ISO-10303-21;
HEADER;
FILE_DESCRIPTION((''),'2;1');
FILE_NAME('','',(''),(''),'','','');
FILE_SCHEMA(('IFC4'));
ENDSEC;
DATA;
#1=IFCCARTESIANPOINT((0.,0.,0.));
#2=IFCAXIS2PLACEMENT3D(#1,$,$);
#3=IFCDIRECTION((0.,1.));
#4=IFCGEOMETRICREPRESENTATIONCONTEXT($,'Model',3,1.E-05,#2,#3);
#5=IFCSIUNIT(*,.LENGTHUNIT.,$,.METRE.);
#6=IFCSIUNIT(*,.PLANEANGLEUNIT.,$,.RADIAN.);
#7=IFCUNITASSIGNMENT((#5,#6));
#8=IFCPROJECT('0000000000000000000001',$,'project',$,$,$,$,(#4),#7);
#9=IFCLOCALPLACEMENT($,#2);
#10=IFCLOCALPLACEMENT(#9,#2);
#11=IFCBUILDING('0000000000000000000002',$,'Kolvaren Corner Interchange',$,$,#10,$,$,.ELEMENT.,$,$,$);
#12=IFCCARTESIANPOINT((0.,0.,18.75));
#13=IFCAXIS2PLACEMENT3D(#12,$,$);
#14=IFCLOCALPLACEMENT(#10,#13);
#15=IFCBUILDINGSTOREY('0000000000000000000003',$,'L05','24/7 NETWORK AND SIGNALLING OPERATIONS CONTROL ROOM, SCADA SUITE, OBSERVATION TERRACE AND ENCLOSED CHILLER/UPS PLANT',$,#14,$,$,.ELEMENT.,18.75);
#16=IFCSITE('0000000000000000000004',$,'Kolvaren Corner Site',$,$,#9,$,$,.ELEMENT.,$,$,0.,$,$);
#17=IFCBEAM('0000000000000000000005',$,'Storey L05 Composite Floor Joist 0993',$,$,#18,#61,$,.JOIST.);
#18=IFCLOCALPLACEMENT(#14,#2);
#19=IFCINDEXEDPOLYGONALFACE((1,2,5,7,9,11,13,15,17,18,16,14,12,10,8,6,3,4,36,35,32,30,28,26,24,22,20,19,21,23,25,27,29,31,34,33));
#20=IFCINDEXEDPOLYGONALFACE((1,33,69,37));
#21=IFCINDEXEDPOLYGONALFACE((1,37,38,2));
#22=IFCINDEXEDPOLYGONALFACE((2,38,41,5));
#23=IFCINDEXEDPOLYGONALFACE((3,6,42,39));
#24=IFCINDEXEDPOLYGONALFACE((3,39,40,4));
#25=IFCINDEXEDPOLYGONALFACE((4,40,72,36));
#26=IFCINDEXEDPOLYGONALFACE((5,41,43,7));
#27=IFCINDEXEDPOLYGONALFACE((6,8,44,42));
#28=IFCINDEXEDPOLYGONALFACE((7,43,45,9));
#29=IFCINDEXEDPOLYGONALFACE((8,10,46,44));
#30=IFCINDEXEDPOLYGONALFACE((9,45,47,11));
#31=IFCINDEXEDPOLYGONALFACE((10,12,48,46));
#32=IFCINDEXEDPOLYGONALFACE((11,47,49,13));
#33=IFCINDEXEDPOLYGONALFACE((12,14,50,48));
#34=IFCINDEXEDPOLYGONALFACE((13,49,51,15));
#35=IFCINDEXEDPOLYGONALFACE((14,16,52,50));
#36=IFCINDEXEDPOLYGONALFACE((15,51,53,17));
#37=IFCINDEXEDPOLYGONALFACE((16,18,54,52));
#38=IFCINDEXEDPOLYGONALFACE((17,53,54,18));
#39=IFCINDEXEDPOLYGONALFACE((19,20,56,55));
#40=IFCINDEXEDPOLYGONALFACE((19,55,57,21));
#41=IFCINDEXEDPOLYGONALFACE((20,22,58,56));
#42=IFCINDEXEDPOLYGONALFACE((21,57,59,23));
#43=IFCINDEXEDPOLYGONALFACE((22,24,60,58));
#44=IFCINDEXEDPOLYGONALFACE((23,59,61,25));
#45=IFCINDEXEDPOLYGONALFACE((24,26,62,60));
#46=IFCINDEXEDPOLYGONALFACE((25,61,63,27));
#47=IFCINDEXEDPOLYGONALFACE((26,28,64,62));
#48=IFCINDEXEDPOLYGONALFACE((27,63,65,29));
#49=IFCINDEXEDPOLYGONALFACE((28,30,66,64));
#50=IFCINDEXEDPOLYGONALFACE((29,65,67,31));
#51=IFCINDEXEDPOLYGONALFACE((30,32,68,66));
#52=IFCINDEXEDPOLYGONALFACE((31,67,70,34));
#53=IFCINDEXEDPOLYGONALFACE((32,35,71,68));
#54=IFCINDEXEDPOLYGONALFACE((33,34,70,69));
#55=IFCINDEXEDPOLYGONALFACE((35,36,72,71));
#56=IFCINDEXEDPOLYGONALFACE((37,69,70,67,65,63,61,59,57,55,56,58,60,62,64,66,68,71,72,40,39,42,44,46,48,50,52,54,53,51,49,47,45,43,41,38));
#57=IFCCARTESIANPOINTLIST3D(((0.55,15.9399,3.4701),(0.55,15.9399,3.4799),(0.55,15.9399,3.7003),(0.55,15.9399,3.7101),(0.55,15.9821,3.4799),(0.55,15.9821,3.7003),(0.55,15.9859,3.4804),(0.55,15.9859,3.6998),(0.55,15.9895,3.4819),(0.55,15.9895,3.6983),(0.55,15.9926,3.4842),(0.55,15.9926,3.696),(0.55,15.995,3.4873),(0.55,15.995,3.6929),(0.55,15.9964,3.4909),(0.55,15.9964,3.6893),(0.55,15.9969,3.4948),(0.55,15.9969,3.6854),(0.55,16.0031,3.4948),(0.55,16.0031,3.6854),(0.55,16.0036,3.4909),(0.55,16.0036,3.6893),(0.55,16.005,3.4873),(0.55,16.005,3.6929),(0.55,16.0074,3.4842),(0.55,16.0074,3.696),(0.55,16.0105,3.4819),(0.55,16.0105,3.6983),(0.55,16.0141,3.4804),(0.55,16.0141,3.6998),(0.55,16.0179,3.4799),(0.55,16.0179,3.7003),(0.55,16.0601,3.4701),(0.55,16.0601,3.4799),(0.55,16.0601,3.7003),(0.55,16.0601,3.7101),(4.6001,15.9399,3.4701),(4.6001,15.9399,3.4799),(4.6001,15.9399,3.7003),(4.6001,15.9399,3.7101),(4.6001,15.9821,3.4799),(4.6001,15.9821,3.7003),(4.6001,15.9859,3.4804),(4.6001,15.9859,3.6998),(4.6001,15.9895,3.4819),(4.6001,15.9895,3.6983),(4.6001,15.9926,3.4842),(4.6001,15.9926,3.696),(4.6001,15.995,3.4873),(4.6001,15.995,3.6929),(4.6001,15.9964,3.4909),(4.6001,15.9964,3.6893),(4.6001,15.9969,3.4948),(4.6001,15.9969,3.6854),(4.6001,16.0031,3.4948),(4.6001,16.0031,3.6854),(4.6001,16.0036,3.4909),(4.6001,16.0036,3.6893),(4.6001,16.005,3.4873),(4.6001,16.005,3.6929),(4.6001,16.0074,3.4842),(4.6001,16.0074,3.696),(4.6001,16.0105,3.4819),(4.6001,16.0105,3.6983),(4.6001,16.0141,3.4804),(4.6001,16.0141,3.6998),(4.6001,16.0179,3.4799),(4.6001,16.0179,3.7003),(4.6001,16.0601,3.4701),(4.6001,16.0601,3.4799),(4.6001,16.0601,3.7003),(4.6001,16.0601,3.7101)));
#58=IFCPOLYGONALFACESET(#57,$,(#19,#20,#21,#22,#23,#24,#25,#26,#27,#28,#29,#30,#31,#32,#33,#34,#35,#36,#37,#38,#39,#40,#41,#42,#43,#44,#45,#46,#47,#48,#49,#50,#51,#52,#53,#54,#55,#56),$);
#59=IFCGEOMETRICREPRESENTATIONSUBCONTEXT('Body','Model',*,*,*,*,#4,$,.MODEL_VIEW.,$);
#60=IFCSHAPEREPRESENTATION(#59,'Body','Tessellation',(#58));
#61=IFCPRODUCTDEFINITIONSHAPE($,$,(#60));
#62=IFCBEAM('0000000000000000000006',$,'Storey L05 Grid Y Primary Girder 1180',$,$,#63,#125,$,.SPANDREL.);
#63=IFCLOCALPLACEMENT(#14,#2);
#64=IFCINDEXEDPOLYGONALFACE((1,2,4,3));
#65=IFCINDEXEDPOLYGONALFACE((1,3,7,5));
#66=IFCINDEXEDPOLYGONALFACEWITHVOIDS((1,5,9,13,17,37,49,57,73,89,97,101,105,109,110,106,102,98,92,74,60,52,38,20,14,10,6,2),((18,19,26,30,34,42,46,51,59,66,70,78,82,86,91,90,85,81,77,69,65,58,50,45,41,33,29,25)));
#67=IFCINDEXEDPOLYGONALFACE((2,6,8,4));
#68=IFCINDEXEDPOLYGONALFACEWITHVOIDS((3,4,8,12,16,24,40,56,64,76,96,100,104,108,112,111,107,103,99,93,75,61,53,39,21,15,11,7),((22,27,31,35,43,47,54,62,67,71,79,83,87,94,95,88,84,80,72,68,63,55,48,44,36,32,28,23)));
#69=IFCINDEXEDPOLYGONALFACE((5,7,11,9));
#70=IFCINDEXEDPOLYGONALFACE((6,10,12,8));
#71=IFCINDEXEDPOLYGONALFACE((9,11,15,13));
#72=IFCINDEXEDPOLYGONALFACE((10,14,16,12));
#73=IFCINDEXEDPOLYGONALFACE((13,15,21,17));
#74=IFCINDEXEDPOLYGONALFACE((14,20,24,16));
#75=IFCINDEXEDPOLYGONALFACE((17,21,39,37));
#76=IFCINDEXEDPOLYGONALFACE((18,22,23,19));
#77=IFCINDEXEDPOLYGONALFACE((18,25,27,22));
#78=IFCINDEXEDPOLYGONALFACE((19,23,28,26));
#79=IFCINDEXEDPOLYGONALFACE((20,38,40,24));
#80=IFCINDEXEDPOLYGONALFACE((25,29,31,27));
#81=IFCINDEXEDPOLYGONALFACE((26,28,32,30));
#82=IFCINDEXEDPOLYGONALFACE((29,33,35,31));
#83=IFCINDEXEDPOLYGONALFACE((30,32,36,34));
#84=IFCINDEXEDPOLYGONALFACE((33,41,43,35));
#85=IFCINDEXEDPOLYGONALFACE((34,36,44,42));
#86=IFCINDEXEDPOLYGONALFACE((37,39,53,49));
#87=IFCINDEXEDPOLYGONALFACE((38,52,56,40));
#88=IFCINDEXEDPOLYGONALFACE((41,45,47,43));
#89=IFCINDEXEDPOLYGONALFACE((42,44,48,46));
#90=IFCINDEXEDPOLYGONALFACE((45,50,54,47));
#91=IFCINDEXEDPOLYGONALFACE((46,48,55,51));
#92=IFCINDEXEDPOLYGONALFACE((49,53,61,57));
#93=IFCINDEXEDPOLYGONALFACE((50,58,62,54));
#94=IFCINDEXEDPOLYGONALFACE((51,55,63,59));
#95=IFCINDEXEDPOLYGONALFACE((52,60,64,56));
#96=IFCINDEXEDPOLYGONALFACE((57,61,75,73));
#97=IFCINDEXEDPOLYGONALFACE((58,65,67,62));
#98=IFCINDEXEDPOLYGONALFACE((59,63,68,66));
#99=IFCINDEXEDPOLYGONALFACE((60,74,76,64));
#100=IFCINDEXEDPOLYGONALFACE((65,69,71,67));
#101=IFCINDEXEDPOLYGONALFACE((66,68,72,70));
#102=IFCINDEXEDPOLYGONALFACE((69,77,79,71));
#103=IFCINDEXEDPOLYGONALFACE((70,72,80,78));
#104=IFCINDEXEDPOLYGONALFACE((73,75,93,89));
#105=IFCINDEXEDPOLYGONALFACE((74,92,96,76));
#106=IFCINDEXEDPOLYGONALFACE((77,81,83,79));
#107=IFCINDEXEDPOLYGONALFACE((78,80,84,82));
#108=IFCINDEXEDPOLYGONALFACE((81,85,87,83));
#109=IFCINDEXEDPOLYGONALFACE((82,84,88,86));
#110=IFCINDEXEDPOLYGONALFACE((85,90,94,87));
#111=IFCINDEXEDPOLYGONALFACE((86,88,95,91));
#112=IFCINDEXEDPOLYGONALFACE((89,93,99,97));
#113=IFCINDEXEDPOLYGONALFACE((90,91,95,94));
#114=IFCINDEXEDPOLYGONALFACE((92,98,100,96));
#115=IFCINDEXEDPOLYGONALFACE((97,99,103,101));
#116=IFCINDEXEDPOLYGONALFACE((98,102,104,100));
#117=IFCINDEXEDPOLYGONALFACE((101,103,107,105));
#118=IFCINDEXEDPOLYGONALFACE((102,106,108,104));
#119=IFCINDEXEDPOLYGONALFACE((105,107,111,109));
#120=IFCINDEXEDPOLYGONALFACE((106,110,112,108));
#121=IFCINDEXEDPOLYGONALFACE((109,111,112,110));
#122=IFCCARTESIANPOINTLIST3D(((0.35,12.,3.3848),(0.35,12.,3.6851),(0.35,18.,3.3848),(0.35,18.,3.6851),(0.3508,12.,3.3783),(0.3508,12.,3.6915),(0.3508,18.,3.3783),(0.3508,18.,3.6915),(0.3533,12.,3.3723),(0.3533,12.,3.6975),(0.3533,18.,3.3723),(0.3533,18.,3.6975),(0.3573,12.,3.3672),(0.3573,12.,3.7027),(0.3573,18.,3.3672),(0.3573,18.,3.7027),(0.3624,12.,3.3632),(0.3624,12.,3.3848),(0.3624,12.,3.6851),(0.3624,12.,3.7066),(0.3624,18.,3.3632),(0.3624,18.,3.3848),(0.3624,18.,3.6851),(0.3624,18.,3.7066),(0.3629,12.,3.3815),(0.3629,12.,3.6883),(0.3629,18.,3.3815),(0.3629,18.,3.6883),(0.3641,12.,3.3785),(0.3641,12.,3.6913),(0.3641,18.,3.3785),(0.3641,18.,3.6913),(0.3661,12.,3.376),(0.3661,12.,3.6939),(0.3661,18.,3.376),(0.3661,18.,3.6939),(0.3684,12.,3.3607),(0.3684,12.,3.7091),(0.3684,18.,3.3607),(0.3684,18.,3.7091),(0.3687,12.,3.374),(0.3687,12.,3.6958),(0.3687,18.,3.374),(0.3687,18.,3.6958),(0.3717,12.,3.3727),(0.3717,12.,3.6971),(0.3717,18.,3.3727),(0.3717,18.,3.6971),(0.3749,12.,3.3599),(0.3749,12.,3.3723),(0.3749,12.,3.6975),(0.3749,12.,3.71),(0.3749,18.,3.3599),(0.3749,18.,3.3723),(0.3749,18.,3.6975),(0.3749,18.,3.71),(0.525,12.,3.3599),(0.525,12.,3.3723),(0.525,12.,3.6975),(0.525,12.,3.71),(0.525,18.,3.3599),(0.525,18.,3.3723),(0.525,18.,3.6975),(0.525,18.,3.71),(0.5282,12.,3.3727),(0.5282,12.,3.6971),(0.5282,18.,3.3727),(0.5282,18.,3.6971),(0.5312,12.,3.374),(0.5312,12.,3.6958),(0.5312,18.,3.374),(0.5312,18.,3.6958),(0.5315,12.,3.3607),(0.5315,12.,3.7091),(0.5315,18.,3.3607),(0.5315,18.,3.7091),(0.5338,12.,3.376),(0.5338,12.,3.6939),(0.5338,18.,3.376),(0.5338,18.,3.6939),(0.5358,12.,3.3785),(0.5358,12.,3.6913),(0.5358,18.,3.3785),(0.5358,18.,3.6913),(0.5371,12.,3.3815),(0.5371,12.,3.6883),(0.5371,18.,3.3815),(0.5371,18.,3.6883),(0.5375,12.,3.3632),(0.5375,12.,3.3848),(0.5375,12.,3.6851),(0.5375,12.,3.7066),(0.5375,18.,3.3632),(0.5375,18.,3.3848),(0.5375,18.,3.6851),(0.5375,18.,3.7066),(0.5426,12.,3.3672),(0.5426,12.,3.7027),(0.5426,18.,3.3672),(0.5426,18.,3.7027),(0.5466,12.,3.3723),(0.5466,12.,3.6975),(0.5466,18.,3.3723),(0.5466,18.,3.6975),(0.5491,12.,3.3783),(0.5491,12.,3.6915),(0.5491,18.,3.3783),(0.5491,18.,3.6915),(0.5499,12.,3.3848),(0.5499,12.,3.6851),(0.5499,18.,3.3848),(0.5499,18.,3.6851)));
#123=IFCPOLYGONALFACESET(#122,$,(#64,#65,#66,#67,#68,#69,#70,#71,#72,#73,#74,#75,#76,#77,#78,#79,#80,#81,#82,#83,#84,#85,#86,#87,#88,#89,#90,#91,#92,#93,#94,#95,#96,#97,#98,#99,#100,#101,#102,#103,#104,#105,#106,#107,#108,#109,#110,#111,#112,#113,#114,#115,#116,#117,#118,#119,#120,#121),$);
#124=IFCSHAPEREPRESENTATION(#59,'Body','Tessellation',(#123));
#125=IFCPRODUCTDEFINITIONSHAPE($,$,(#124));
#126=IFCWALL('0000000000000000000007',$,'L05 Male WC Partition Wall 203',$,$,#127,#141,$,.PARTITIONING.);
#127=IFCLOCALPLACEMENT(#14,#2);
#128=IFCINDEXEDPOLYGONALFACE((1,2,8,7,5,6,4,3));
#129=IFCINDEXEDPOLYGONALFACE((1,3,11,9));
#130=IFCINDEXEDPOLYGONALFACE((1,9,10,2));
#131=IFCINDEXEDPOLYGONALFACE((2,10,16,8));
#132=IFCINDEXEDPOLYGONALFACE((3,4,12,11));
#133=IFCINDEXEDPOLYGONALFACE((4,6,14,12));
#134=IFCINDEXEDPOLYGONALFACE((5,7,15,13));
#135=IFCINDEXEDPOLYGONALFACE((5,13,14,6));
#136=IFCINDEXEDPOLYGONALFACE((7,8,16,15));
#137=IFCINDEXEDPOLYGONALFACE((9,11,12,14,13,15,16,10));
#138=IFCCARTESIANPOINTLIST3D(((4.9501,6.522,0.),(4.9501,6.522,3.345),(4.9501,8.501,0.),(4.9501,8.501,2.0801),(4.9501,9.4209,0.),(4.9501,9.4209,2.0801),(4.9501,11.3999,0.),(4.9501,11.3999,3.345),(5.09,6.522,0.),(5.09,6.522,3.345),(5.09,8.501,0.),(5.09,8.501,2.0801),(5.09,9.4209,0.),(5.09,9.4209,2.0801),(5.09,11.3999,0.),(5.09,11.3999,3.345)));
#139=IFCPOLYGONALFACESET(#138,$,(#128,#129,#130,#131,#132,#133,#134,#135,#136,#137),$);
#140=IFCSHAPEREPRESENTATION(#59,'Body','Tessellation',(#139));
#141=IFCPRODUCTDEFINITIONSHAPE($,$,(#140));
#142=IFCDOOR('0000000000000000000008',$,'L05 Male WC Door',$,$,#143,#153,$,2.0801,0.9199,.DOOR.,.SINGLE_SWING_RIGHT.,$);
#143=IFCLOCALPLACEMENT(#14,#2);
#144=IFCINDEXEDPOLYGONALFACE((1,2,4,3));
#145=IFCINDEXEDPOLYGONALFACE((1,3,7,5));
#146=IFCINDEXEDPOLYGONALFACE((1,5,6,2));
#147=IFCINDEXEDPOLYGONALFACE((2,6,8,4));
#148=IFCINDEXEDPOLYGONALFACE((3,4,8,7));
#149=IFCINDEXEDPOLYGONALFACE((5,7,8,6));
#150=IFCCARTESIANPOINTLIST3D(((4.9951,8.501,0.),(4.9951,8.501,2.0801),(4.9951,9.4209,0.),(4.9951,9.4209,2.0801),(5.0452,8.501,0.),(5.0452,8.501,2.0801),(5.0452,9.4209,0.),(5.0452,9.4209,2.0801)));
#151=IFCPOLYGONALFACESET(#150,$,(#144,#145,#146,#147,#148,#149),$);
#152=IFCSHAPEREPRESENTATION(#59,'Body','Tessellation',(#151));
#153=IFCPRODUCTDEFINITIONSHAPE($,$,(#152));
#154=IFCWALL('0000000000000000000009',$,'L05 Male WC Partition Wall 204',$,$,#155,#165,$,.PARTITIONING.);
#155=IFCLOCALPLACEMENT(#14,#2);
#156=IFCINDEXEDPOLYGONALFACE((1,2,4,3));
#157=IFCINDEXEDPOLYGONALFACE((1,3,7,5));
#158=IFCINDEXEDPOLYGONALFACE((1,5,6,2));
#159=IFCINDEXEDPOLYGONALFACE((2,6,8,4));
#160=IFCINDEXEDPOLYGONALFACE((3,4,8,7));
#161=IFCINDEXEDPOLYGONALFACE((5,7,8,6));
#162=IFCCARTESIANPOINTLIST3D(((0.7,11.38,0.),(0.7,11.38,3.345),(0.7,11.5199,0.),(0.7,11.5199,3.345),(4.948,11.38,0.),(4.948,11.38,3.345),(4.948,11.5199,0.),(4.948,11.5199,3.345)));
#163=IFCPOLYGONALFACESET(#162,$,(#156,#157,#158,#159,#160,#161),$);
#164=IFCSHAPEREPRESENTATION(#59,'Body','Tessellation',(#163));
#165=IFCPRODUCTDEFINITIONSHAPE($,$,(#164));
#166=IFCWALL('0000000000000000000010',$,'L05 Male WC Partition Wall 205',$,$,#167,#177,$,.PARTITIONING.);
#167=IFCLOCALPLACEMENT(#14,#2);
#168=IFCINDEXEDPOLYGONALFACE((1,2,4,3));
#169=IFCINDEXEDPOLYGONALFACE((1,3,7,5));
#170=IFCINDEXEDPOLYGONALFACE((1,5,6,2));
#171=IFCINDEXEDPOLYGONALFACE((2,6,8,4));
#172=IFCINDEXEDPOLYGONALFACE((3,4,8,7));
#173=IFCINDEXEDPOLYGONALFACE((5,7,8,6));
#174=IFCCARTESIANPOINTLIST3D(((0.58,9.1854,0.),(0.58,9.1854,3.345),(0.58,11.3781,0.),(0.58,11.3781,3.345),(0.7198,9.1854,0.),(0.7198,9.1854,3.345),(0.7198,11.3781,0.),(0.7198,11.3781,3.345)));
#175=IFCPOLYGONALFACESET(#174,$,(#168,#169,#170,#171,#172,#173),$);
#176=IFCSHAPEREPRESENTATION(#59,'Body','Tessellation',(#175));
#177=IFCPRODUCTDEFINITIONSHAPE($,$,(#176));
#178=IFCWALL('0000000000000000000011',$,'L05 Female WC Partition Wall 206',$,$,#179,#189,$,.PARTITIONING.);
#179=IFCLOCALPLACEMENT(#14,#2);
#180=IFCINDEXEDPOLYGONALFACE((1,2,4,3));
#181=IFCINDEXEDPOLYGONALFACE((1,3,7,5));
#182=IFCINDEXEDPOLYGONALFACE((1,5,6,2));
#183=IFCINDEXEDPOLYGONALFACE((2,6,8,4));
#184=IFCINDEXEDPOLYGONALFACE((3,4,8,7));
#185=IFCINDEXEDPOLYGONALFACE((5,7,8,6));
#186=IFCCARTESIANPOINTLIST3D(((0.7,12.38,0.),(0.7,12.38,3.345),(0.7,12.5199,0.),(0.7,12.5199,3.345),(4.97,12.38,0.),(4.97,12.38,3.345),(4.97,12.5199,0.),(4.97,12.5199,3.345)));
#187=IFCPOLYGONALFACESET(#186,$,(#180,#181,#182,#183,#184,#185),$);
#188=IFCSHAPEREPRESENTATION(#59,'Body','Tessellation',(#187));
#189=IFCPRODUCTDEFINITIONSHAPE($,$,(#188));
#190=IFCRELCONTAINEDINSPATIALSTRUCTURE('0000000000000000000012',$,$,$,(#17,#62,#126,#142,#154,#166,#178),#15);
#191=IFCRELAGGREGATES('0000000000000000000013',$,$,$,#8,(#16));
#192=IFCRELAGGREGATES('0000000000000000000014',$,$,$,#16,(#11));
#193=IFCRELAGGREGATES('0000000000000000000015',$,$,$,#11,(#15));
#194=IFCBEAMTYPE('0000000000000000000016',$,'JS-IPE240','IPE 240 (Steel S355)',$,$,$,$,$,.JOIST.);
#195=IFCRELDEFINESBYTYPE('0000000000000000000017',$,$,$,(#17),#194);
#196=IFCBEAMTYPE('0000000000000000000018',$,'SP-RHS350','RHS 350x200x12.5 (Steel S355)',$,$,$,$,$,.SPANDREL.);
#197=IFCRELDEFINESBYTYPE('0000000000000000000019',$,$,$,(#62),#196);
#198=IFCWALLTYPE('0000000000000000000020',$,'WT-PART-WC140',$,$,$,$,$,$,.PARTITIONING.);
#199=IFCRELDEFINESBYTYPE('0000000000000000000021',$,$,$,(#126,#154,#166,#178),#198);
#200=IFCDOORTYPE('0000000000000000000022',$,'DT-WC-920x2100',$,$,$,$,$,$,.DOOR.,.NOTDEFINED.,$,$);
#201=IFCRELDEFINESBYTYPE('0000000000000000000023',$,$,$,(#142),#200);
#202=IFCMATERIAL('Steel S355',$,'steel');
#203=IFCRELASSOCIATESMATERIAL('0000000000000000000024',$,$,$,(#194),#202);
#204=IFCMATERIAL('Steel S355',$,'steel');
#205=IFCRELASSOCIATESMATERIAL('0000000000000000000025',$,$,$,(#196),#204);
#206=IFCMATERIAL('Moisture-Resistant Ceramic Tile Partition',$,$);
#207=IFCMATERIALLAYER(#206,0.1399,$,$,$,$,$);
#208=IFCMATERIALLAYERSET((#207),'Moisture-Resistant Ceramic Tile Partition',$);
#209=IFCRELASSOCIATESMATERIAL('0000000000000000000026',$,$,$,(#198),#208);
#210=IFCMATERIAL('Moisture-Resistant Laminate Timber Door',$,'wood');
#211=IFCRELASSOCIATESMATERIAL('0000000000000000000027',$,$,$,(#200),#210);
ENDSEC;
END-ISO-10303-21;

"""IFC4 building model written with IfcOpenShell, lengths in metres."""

from ifc_helpers import new_model, si_unit, direction, frame, frame_2d, origin, origin_2d, place, context, subcontext, project, spatial, rectangle, hollow_rectangle, i_section, extrude, material, layer, layer_set, material_profile, profile_set, type_object, element, fill, save


model = new_model("IFC4")

# Units and contexts
model_context = context("Model", 3, precision=1e-05, world=origin(), true_north=direction((0.0, 1.0)))
body_context = subcontext(model_context, "Body", "Model", "MODEL_VIEW")
ifc_project = project(units=[si_unit("LENGTHUNIT", "METRE"), si_unit("PLANEANGLEUNIT", "RADIAN")], contexts=[model_context])

# Site, building, storey
site_placement = place(None, origin())
site = spatial("IfcSite", under=ifc_project, at=site_placement, Name="Kolvaren Corner Site", CompositionType="ELEMENT", RefElevation=0.0)
building_placement = place(site_placement, origin())
building = spatial("IfcBuilding", under=site, at=building_placement, Name="Kolvaren Corner Interchange", CompositionType="ELEMENT")
storey_placement = place(building_placement, frame((0.0, 0.0, 18.75)))
storey = spatial("IfcBuildingStorey", under=building, at=storey_placement, Name="L05", Description="24/7 NETWORK AND SIGNALLING OPERATIONS CONTROL ROOM, SCADA SUITE, OBSERVATION TERRACE AND ENCLOSED CHILLER/UPS PLANT", CompositionType="ELEMENT", Elevation=18.75)

# Beams
ifc_material_1 = material(Name="Steel S355", Category="steel")
ifc_material_profile_1 = material_profile(ifc_material_1, i_section(OverallWidth=0.1201, OverallDepth=0.24, WebThickness=0.0061, FlangeThickness=0.0098, FilletRadius=0.0149, at=origin_2d()), Name="IPE 240")
ifc_profile_set_1 = profile_set([ifc_material_profile_1], Name="Steel S355")
beam_type_1 = type_object("IfcBeamType", Name="JS-IPE240", Description="IPE 240 (Steel S355)", PredefinedType="JOIST", material=ifc_profile_set_1)
for number, where, z_axis, x_axis, name in (
    (1, (0.55, 16.0, 3.5901), (1.0, 0.0, 0.0), (0.0, 1.0, 0.0), "Storey L05 Composite Floor Joist 0993"),
):
    element("IfcBeam", number, at=place(storey_placement, frame(where, z_axis=z_axis, x_axis=x_axis)), inside=storey, type_object=beam_type_1, Name=name, PredefinedType="JOIST", context=body_context, shape_type="SweptSolid", body=[
        extrude(i_section(OverallWidth=0.1201, OverallDepth=0.24, WebThickness=0.0061, FlangeThickness=0.0098, FilletRadius=0.0149, at=origin_2d()), origin(), (0.0, 0.0, 1.0), 4.05),
    ])
ifc_material_2 = material(Name="Steel S355", Category="steel")
ifc_material_profile_2 = material_profile(ifc_material_2, hollow_rectangle(XDim=0.2, YDim=0.3501, WallThickness=0.0125, InnerFilletRadius=0.0125, OuterFilletRadius=0.0249, at=origin_2d()), Name="RHS 350x200x12.5")
ifc_profile_set_2 = profile_set([ifc_material_profile_2], Name="Steel S355")
beam_type_2 = type_object("IfcBeamType", Name="SP-RHS350", Description="RHS 350x200x12.5 (Steel S355)", PredefinedType="SPANDREL", material=ifc_profile_set_2)
beam_1_placement = place(storey_placement, frame((0.45, 12.0, 3.5349), z_axis=(0.0, 1.0, 0.0), x_axis=(-1.0, 0.0, 0.0)))
element("IfcBeam", 2, at=beam_1_placement, inside=storey, type_object=beam_type_2, Name="Storey L05 Grid Y Primary Girder 1180", PredefinedType="SPANDREL", context=body_context, shape_type="SweptSolid", body=[
    extrude(hollow_rectangle(XDim=0.2, YDim=0.3501, WallThickness=0.0125, InnerFilletRadius=0.0125, OuterFilletRadius=0.0249, at=origin_2d()), origin(), (0.0, 0.0, 1.0), 6.0),
])

# Wall, opening, door
ifc_material_3 = material(Name="Moisture-Resistant Ceramic Tile Partition")
ifc_layer_1 = layer(ifc_material_3, 0.1399)
ifc_layer_set_1 = layer_set([ifc_layer_1], Name="Moisture-Resistant Ceramic Tile Partition")
wall_type_1 = type_object("IfcWallType", Name="WT-PART-WC140", PredefinedType="PARTITIONING", material=ifc_layer_set_1)
wall_1_placement = place(storey_placement, frame((5.02, 6.522, 0.0), z_axis=(0.0, 0.0, 1.0), x_axis=(0.0, 1.0, 0.0)))
wall_1 = element("IfcWall", 3, at=wall_1_placement, inside=storey, type_object=wall_type_1, Name="L05 Male WC Partition Wall 203", PredefinedType="PARTITIONING", context=body_context, shape_type="SweptSolid", body=[
    extrude(rectangle(XDim=4.8779, YDim=0.1399, at=frame_2d((2.439, 0.0))), origin(), (0.0, 0.0, 1.0), 3.345),
])
opening_1_placement = place(wall_1_placement, frame((1.979, 0.0, 0.0)))
opening_1 = element("IfcOpeningElement", 4, at=opening_1_placement, cuts=wall_1, PredefinedType="OPENING", context=body_context, shape_type="SweptSolid", body=[
    extrude(rectangle(XDim=0.9199, YDim=2.0801, at=frame_2d((0.46, 1.04))), frame((0.0, 0.0798, 0.0), z_axis=(0.0, -1.0, 0.0), x_axis=(1.0, 0.0, 0.0)), (0.0, 0.0, 1.0), 0.1599),
])
ifc_material_4 = material(Name="Moisture-Resistant Laminate Timber Door", Category="wood")
door_type_1 = type_object("IfcDoorType", Name="DT-WC-920x2100", OperationType="NOTDEFINED", PredefinedType="DOOR", material=ifc_material_4)
door_1_placement = place(opening_1_placement, origin())
door_1 = element("IfcDoor", 5, at=door_1_placement, inside=storey, type_object=door_type_1, Name="L05 Male WC Door", OperationType="SINGLE_SWING_RIGHT", OverallHeight=2.0801, OverallWidth=0.9199, PredefinedType="DOOR", context=body_context, shape_type="SweptSolid", body=[
    extrude(rectangle(XDim=0.9199, YDim=2.0801, at=frame_2d((0.46, 1.04))), frame((0.0, 0.0249, 0.0), z_axis=(0.0, -1.0, 0.0), x_axis=(1.0, 0.0, 0.0)), (0.0, 0.0, 1.0), 0.05),
])
fill(opening_1, door_1)

# Walls
wall_2_placement = place(storey_placement, frame((4.948, 11.45, 0.0), z_axis=(0.0, 0.0, 1.0), x_axis=(-1.0, 0.0, 0.0)))
element("IfcWall", 6, at=wall_2_placement, inside=storey, type_object=wall_type_1, Name="L05 Male WC Partition Wall 204", PredefinedType="PARTITIONING", context=body_context, shape_type="SweptSolid", body=[
    extrude(rectangle(XDim=4.248, YDim=0.1399, at=frame_2d((2.124, 0.0))), origin(), (0.0, 0.0, 1.0), 3.345),
])
wall_3_placement = place(storey_placement, frame((0.6499, 11.3779, 0.0), z_axis=(0.0, 0.0, 1.0), x_axis=(0.0, -1.0, 0.0)))
element("IfcWall", 7, at=wall_3_placement, inside=storey, type_object=wall_type_1, Name="L05 Male WC Partition Wall 205", PredefinedType="PARTITIONING", context=body_context, shape_type="SweptSolid", body=[
    extrude(rectangle(XDim=2.1926, YDim=0.1399, at=frame_2d((1.0962, 0.0))), origin(), (0.0, 0.0, 1.0), 3.345),
])
wall_4_placement = place(storey_placement, frame((0.7, 12.45, 0.0), z_axis=(0.0, 0.0, 1.0), x_axis=(1.0, 0.0, 0.0)))
element("IfcWall", 8, at=wall_4_placement, inside=storey, type_object=wall_type_1, Name="L05 Female WC Partition Wall 206", PredefinedType="PARTITIONING", context=body_context, shape_type="SweptSolid", body=[
    extrude(rectangle(XDim=4.27, YDim=0.1399, at=frame_2d((2.135, 0.0))), origin(), (0.0, 0.0, 1.0), 3.345),
])

save(model, "model.ifc")
